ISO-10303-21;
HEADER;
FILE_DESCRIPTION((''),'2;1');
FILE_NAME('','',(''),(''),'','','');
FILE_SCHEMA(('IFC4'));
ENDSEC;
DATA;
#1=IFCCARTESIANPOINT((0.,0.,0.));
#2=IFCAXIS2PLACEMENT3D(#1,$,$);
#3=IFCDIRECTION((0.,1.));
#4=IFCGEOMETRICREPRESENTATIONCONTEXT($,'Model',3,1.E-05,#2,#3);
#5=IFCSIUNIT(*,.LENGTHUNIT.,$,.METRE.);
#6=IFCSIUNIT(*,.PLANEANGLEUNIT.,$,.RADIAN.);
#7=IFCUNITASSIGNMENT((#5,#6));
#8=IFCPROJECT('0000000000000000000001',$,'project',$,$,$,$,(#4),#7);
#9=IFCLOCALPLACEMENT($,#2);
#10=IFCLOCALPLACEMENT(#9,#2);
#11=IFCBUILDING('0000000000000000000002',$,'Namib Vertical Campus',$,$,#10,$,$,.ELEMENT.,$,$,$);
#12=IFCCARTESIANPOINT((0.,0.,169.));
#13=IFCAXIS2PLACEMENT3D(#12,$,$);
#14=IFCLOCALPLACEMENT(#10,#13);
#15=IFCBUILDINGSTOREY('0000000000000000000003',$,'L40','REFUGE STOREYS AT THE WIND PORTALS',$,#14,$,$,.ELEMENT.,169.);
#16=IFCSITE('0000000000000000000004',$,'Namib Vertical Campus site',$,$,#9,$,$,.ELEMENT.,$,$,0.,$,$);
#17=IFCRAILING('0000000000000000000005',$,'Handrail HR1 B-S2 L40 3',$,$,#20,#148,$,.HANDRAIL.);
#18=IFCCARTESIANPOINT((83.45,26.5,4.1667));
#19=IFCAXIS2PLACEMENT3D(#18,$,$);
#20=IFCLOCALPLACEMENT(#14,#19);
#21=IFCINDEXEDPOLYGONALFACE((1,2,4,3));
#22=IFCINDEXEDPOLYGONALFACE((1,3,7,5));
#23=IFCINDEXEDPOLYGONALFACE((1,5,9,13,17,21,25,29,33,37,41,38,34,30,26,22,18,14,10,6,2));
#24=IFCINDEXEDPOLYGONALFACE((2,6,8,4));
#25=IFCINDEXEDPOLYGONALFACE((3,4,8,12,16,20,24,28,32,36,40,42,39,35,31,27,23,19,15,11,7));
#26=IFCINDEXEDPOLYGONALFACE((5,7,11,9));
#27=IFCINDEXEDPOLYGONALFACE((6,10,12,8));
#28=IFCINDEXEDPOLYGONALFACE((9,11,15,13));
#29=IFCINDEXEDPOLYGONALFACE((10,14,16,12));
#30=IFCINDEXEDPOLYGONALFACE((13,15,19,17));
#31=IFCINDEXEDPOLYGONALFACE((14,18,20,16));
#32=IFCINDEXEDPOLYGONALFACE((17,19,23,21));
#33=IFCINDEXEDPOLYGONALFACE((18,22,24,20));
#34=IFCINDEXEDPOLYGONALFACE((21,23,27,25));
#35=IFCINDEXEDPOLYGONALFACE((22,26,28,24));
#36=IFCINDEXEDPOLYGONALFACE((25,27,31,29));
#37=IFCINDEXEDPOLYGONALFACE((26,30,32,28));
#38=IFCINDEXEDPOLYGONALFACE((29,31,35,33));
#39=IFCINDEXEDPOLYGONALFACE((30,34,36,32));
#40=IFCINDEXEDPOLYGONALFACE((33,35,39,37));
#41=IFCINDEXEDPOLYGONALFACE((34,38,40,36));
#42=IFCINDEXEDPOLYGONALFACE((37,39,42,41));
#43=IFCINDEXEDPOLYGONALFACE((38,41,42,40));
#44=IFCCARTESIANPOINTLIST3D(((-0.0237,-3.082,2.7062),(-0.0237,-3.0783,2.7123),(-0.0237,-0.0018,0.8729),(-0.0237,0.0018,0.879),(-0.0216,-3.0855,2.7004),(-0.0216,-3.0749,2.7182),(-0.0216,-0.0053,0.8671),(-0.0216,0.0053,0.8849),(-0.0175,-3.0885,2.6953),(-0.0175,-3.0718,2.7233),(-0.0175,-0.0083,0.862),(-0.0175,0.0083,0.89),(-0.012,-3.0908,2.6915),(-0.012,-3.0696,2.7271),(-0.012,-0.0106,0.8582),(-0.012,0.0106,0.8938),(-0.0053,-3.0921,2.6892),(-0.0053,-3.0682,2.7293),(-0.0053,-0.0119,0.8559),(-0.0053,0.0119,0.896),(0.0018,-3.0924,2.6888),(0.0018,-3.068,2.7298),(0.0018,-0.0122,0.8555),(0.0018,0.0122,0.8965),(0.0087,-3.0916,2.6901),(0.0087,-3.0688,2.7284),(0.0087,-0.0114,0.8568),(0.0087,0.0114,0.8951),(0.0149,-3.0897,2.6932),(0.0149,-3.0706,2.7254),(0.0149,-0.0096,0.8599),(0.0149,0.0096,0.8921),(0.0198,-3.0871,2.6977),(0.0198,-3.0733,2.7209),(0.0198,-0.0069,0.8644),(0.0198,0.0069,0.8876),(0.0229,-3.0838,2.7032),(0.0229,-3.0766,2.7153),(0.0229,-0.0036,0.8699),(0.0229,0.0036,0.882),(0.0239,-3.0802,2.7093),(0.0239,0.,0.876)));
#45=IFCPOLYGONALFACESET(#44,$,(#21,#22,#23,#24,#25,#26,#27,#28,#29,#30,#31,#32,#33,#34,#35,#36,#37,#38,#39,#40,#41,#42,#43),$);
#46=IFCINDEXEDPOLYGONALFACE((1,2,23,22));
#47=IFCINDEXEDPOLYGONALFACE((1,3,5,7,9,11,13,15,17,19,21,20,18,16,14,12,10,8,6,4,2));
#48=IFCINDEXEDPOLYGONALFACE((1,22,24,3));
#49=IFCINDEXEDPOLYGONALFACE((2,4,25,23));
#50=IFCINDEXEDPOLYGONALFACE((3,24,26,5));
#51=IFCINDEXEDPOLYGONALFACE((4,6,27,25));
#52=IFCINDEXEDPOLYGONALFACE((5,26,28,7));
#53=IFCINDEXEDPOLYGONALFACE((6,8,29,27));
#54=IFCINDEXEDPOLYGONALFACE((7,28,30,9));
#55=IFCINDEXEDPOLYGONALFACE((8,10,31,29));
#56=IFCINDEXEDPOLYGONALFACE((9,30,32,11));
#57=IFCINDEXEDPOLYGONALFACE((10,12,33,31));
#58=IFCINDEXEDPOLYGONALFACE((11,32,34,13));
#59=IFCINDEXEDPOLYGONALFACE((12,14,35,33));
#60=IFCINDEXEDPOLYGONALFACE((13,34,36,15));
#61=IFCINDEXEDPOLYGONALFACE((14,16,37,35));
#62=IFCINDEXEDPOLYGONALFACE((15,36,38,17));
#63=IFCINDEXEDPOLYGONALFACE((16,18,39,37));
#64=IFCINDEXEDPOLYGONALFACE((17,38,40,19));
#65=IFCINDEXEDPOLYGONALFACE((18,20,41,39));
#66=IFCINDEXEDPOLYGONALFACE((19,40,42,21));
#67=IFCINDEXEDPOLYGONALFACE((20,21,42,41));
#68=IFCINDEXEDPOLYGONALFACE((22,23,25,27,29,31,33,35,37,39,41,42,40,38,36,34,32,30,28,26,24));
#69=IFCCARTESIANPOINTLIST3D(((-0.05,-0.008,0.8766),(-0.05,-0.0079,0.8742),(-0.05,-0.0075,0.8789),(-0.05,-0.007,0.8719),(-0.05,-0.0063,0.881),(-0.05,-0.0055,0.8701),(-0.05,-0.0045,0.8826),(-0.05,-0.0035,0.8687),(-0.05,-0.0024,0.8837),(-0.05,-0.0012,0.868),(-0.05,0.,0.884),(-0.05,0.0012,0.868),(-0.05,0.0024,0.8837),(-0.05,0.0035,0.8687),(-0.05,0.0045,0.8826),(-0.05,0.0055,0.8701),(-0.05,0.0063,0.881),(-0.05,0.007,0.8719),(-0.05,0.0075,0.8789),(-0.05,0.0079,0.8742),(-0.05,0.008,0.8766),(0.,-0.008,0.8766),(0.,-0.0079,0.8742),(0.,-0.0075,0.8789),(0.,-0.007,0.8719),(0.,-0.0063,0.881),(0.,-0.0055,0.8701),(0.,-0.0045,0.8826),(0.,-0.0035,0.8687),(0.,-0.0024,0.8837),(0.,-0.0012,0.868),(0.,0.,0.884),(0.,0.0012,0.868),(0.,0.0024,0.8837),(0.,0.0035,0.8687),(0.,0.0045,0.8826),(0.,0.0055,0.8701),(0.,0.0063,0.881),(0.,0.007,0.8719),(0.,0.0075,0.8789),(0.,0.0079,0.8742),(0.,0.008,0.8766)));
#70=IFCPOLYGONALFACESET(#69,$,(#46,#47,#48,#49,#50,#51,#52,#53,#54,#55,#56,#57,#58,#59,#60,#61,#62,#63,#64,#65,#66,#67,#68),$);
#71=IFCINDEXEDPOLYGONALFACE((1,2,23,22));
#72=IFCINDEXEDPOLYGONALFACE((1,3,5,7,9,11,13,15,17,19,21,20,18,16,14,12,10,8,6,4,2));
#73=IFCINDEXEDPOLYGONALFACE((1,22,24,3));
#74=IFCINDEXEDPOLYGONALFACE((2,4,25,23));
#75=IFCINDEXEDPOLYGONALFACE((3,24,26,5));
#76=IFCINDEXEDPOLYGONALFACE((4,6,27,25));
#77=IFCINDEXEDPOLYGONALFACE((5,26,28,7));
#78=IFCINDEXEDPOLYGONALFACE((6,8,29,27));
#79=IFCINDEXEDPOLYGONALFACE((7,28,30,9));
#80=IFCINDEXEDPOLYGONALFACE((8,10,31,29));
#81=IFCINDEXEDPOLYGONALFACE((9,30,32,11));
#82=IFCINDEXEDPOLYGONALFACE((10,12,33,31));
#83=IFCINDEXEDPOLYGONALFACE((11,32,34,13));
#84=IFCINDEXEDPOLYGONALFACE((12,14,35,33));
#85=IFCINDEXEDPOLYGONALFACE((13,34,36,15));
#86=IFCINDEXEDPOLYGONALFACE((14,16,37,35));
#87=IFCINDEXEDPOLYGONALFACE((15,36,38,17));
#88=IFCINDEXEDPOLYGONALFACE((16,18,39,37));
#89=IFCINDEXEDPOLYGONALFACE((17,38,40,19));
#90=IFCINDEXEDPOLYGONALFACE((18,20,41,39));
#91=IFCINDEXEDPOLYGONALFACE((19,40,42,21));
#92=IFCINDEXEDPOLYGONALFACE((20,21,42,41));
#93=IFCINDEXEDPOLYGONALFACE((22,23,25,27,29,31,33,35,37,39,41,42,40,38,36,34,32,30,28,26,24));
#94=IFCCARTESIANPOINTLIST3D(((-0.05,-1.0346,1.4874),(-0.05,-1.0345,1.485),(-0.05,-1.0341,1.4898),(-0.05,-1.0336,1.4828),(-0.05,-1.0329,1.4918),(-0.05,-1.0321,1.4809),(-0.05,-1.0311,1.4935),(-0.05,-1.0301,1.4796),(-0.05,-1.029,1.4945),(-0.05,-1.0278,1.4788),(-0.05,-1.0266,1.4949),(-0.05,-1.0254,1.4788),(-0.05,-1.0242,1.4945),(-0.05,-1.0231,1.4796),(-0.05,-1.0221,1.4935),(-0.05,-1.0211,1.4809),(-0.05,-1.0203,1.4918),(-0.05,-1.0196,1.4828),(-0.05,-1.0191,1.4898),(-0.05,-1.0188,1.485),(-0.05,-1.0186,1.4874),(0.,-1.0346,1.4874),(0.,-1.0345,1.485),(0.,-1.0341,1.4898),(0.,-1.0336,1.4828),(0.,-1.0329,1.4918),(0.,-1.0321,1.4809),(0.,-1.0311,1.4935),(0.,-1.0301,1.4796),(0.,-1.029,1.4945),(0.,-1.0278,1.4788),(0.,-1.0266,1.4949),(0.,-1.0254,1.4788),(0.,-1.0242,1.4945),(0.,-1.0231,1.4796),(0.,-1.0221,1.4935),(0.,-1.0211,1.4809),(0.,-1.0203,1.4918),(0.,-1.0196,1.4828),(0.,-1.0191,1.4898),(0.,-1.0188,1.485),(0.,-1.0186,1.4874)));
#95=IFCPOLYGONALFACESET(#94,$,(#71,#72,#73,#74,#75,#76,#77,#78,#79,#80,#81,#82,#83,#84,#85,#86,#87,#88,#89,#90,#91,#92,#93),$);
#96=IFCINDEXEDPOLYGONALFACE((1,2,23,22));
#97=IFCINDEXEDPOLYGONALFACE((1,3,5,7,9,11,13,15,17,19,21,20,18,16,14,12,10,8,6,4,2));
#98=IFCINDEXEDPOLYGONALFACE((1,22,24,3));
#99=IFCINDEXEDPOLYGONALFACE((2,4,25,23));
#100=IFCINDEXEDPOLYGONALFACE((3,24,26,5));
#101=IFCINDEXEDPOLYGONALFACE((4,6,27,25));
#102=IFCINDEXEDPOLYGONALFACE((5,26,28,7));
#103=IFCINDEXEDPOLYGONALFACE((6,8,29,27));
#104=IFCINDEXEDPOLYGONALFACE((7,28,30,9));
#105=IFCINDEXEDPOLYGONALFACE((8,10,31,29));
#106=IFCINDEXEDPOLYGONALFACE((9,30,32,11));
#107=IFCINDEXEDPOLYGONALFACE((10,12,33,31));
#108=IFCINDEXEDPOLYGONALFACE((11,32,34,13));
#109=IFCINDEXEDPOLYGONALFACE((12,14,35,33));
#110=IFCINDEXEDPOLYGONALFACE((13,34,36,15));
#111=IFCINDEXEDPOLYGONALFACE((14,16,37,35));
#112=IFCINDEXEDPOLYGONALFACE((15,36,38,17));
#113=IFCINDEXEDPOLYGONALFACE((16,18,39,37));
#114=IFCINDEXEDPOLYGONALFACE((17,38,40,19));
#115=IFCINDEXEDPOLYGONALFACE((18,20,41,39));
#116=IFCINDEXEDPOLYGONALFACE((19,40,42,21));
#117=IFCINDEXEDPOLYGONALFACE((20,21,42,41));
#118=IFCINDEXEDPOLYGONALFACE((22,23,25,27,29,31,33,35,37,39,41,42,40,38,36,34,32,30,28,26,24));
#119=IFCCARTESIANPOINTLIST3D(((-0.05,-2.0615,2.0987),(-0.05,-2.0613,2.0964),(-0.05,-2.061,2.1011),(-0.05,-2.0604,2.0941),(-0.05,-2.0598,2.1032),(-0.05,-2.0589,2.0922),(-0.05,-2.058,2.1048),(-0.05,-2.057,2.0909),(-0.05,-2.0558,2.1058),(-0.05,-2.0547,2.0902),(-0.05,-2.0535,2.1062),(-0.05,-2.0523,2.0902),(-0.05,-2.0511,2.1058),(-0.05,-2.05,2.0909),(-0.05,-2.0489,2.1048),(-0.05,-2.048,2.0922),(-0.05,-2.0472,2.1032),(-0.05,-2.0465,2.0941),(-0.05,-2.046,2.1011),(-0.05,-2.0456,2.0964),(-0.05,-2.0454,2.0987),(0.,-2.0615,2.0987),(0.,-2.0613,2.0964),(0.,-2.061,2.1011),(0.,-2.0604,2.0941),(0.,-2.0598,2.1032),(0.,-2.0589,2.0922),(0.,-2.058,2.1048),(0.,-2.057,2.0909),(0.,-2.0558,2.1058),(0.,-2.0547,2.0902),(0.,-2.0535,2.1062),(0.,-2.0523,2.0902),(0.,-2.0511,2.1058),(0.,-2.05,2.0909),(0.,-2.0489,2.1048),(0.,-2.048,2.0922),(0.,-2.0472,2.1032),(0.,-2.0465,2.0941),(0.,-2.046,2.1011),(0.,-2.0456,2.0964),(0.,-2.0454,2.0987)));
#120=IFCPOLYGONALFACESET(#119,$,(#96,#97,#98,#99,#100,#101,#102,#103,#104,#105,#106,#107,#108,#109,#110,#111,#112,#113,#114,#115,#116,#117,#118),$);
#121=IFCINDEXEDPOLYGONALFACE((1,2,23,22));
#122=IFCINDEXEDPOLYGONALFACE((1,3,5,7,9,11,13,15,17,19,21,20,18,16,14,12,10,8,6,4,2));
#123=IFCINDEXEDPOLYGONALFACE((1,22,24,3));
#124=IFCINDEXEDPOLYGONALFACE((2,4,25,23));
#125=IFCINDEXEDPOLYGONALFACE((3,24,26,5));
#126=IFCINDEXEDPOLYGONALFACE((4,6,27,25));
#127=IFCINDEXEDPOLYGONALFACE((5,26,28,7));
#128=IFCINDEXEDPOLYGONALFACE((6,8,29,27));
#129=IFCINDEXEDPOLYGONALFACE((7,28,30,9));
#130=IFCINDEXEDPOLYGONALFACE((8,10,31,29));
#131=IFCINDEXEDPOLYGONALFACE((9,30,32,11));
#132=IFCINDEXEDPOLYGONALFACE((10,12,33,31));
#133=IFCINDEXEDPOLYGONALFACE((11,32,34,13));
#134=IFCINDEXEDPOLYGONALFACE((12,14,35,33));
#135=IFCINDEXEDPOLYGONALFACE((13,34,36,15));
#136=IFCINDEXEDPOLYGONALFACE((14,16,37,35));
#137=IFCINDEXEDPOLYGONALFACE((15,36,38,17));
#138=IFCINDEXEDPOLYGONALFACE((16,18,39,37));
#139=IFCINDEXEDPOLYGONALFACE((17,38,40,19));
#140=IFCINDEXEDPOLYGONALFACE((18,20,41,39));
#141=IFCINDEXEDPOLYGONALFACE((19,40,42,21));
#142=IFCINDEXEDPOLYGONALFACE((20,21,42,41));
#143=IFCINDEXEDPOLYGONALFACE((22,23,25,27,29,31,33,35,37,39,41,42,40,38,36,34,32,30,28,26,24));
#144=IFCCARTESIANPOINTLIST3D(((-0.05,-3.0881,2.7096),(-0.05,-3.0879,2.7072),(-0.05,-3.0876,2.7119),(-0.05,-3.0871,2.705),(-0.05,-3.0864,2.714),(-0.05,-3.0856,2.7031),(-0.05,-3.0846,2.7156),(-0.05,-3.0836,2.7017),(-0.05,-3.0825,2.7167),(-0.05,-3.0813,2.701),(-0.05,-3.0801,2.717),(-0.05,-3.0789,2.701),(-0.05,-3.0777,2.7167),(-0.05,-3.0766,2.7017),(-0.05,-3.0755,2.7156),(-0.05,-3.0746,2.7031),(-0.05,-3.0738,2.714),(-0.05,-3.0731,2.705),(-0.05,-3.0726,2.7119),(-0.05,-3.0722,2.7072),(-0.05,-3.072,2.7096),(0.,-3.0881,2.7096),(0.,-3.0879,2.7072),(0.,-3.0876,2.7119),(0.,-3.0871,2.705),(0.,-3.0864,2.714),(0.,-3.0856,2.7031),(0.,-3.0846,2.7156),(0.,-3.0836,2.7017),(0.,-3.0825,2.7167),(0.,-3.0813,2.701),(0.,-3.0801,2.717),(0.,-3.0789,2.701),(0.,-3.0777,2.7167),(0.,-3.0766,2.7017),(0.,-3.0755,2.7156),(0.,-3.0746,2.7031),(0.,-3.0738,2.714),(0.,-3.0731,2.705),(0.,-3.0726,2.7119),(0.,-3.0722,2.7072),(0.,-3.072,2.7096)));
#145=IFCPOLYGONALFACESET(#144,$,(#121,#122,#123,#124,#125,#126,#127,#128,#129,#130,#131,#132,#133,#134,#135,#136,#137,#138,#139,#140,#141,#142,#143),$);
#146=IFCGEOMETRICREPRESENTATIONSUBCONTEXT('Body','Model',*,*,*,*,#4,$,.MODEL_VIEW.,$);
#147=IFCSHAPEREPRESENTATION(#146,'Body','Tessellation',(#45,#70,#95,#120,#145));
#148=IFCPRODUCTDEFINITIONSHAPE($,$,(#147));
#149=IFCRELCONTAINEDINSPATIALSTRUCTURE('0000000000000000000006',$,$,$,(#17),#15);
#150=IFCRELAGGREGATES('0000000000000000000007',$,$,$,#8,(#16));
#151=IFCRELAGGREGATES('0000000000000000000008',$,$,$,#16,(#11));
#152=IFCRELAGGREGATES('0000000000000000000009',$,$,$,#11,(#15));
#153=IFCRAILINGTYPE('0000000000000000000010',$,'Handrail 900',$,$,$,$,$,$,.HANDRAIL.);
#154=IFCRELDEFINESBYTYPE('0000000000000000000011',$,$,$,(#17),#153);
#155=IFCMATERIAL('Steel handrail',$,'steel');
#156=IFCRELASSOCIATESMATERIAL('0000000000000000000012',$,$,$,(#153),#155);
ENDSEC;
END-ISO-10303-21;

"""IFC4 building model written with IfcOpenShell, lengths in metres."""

from ifc_helpers import new_model, si_unit, direction, frame, origin, origin_2d, place, context, subcontext, project, spatial, circle, extrude, material, type_object, element, save


model = new_model("IFC4")

# Units and contexts
model_context = context("Model", 3, precision=1e-05, world=origin(), true_north=direction((0.0, 1.0)))
body_context = subcontext(model_context, "Body", "Model", "MODEL_VIEW")
ifc_project = project(units=[si_unit("LENGTHUNIT", "METRE"), si_unit("PLANEANGLEUNIT", "RADIAN")], contexts=[model_context])

# Site, building, storey
site_placement = place(None, origin())
site = spatial("IfcSite", under=ifc_project, at=site_placement, Name="Namib Vertical Campus site", CompositionType="ELEMENT", RefElevation=0.0)
building_placement = place(site_placement, origin())
building = spatial("IfcBuilding", under=site, at=building_placement, Name="Namib Vertical Campus", CompositionType="ELEMENT")
storey_placement = place(building_placement, frame((0.0, 0.0, 169.0)))
storey = spatial("IfcBuildingStorey", under=building, at=storey_placement, Name="L40", Description="REFUGE STOREYS AT THE WIND PORTALS", CompositionType="ELEMENT", Elevation=169.0)

# Railing
ifc_material_1 = material(Name="Steel handrail", Category="steel")
railing_type_1 = type_object("IfcRailingType", Name="Handrail 900", PredefinedType="HANDRAIL", material=ifc_material_1)
for number, where, name in (
    (1, (83.45, 26.5, 4.1667), "Handrail HR1 B-S2 L40 3"),
):
    element("IfcRailing", number, at=place(storey_placement, frame(where)), inside=storey, type_object=railing_type_1, Name=name, PredefinedType="HANDRAIL", context=body_context, shape_type="SweptSolid", body=[
        extrude(circle(Radius=0.0239, at=origin_2d()), frame((0.0, 0.0, 0.876), z_axis=(0.0, -0.859309, 0.511458), x_axis=(1.0, 0.0, 0.0)), (0.0, 0.0, 1.0), 3.5845),
        extrude(circle(Radius=0.0081, at=origin_2d()), frame((0.0, 0.0, 0.876), z_axis=(-1.0, 0.0, 0.0), x_axis=(0.0, 0.0, 1.0)), (0.0, 0.0, 1.0), 0.05),
        extrude(circle(Radius=0.0081, at=origin_2d()), frame((0.0, -1.0266, 1.4868), z_axis=(-1.0, 0.0, 0.0), x_axis=(0.0, 0.0, 1.0)), (0.0, 0.0, 1.0), 0.05),
        extrude(circle(Radius=0.0081, at=origin_2d()), frame((0.0, -2.0535, 2.0981), z_axis=(-1.0, 0.0, 0.0), x_axis=(0.0, 0.0, 1.0)), (0.0, 0.0, 1.0), 0.05),
        extrude(circle(Radius=0.0081, at=origin_2d()), frame((0.0, -3.0801, 2.709), z_axis=(-1.0, 0.0, 0.0), x_axis=(0.0, 0.0, 1.0)), (0.0, 0.0, 1.0), 0.05),
    ])

save(model, "model.ifc")
